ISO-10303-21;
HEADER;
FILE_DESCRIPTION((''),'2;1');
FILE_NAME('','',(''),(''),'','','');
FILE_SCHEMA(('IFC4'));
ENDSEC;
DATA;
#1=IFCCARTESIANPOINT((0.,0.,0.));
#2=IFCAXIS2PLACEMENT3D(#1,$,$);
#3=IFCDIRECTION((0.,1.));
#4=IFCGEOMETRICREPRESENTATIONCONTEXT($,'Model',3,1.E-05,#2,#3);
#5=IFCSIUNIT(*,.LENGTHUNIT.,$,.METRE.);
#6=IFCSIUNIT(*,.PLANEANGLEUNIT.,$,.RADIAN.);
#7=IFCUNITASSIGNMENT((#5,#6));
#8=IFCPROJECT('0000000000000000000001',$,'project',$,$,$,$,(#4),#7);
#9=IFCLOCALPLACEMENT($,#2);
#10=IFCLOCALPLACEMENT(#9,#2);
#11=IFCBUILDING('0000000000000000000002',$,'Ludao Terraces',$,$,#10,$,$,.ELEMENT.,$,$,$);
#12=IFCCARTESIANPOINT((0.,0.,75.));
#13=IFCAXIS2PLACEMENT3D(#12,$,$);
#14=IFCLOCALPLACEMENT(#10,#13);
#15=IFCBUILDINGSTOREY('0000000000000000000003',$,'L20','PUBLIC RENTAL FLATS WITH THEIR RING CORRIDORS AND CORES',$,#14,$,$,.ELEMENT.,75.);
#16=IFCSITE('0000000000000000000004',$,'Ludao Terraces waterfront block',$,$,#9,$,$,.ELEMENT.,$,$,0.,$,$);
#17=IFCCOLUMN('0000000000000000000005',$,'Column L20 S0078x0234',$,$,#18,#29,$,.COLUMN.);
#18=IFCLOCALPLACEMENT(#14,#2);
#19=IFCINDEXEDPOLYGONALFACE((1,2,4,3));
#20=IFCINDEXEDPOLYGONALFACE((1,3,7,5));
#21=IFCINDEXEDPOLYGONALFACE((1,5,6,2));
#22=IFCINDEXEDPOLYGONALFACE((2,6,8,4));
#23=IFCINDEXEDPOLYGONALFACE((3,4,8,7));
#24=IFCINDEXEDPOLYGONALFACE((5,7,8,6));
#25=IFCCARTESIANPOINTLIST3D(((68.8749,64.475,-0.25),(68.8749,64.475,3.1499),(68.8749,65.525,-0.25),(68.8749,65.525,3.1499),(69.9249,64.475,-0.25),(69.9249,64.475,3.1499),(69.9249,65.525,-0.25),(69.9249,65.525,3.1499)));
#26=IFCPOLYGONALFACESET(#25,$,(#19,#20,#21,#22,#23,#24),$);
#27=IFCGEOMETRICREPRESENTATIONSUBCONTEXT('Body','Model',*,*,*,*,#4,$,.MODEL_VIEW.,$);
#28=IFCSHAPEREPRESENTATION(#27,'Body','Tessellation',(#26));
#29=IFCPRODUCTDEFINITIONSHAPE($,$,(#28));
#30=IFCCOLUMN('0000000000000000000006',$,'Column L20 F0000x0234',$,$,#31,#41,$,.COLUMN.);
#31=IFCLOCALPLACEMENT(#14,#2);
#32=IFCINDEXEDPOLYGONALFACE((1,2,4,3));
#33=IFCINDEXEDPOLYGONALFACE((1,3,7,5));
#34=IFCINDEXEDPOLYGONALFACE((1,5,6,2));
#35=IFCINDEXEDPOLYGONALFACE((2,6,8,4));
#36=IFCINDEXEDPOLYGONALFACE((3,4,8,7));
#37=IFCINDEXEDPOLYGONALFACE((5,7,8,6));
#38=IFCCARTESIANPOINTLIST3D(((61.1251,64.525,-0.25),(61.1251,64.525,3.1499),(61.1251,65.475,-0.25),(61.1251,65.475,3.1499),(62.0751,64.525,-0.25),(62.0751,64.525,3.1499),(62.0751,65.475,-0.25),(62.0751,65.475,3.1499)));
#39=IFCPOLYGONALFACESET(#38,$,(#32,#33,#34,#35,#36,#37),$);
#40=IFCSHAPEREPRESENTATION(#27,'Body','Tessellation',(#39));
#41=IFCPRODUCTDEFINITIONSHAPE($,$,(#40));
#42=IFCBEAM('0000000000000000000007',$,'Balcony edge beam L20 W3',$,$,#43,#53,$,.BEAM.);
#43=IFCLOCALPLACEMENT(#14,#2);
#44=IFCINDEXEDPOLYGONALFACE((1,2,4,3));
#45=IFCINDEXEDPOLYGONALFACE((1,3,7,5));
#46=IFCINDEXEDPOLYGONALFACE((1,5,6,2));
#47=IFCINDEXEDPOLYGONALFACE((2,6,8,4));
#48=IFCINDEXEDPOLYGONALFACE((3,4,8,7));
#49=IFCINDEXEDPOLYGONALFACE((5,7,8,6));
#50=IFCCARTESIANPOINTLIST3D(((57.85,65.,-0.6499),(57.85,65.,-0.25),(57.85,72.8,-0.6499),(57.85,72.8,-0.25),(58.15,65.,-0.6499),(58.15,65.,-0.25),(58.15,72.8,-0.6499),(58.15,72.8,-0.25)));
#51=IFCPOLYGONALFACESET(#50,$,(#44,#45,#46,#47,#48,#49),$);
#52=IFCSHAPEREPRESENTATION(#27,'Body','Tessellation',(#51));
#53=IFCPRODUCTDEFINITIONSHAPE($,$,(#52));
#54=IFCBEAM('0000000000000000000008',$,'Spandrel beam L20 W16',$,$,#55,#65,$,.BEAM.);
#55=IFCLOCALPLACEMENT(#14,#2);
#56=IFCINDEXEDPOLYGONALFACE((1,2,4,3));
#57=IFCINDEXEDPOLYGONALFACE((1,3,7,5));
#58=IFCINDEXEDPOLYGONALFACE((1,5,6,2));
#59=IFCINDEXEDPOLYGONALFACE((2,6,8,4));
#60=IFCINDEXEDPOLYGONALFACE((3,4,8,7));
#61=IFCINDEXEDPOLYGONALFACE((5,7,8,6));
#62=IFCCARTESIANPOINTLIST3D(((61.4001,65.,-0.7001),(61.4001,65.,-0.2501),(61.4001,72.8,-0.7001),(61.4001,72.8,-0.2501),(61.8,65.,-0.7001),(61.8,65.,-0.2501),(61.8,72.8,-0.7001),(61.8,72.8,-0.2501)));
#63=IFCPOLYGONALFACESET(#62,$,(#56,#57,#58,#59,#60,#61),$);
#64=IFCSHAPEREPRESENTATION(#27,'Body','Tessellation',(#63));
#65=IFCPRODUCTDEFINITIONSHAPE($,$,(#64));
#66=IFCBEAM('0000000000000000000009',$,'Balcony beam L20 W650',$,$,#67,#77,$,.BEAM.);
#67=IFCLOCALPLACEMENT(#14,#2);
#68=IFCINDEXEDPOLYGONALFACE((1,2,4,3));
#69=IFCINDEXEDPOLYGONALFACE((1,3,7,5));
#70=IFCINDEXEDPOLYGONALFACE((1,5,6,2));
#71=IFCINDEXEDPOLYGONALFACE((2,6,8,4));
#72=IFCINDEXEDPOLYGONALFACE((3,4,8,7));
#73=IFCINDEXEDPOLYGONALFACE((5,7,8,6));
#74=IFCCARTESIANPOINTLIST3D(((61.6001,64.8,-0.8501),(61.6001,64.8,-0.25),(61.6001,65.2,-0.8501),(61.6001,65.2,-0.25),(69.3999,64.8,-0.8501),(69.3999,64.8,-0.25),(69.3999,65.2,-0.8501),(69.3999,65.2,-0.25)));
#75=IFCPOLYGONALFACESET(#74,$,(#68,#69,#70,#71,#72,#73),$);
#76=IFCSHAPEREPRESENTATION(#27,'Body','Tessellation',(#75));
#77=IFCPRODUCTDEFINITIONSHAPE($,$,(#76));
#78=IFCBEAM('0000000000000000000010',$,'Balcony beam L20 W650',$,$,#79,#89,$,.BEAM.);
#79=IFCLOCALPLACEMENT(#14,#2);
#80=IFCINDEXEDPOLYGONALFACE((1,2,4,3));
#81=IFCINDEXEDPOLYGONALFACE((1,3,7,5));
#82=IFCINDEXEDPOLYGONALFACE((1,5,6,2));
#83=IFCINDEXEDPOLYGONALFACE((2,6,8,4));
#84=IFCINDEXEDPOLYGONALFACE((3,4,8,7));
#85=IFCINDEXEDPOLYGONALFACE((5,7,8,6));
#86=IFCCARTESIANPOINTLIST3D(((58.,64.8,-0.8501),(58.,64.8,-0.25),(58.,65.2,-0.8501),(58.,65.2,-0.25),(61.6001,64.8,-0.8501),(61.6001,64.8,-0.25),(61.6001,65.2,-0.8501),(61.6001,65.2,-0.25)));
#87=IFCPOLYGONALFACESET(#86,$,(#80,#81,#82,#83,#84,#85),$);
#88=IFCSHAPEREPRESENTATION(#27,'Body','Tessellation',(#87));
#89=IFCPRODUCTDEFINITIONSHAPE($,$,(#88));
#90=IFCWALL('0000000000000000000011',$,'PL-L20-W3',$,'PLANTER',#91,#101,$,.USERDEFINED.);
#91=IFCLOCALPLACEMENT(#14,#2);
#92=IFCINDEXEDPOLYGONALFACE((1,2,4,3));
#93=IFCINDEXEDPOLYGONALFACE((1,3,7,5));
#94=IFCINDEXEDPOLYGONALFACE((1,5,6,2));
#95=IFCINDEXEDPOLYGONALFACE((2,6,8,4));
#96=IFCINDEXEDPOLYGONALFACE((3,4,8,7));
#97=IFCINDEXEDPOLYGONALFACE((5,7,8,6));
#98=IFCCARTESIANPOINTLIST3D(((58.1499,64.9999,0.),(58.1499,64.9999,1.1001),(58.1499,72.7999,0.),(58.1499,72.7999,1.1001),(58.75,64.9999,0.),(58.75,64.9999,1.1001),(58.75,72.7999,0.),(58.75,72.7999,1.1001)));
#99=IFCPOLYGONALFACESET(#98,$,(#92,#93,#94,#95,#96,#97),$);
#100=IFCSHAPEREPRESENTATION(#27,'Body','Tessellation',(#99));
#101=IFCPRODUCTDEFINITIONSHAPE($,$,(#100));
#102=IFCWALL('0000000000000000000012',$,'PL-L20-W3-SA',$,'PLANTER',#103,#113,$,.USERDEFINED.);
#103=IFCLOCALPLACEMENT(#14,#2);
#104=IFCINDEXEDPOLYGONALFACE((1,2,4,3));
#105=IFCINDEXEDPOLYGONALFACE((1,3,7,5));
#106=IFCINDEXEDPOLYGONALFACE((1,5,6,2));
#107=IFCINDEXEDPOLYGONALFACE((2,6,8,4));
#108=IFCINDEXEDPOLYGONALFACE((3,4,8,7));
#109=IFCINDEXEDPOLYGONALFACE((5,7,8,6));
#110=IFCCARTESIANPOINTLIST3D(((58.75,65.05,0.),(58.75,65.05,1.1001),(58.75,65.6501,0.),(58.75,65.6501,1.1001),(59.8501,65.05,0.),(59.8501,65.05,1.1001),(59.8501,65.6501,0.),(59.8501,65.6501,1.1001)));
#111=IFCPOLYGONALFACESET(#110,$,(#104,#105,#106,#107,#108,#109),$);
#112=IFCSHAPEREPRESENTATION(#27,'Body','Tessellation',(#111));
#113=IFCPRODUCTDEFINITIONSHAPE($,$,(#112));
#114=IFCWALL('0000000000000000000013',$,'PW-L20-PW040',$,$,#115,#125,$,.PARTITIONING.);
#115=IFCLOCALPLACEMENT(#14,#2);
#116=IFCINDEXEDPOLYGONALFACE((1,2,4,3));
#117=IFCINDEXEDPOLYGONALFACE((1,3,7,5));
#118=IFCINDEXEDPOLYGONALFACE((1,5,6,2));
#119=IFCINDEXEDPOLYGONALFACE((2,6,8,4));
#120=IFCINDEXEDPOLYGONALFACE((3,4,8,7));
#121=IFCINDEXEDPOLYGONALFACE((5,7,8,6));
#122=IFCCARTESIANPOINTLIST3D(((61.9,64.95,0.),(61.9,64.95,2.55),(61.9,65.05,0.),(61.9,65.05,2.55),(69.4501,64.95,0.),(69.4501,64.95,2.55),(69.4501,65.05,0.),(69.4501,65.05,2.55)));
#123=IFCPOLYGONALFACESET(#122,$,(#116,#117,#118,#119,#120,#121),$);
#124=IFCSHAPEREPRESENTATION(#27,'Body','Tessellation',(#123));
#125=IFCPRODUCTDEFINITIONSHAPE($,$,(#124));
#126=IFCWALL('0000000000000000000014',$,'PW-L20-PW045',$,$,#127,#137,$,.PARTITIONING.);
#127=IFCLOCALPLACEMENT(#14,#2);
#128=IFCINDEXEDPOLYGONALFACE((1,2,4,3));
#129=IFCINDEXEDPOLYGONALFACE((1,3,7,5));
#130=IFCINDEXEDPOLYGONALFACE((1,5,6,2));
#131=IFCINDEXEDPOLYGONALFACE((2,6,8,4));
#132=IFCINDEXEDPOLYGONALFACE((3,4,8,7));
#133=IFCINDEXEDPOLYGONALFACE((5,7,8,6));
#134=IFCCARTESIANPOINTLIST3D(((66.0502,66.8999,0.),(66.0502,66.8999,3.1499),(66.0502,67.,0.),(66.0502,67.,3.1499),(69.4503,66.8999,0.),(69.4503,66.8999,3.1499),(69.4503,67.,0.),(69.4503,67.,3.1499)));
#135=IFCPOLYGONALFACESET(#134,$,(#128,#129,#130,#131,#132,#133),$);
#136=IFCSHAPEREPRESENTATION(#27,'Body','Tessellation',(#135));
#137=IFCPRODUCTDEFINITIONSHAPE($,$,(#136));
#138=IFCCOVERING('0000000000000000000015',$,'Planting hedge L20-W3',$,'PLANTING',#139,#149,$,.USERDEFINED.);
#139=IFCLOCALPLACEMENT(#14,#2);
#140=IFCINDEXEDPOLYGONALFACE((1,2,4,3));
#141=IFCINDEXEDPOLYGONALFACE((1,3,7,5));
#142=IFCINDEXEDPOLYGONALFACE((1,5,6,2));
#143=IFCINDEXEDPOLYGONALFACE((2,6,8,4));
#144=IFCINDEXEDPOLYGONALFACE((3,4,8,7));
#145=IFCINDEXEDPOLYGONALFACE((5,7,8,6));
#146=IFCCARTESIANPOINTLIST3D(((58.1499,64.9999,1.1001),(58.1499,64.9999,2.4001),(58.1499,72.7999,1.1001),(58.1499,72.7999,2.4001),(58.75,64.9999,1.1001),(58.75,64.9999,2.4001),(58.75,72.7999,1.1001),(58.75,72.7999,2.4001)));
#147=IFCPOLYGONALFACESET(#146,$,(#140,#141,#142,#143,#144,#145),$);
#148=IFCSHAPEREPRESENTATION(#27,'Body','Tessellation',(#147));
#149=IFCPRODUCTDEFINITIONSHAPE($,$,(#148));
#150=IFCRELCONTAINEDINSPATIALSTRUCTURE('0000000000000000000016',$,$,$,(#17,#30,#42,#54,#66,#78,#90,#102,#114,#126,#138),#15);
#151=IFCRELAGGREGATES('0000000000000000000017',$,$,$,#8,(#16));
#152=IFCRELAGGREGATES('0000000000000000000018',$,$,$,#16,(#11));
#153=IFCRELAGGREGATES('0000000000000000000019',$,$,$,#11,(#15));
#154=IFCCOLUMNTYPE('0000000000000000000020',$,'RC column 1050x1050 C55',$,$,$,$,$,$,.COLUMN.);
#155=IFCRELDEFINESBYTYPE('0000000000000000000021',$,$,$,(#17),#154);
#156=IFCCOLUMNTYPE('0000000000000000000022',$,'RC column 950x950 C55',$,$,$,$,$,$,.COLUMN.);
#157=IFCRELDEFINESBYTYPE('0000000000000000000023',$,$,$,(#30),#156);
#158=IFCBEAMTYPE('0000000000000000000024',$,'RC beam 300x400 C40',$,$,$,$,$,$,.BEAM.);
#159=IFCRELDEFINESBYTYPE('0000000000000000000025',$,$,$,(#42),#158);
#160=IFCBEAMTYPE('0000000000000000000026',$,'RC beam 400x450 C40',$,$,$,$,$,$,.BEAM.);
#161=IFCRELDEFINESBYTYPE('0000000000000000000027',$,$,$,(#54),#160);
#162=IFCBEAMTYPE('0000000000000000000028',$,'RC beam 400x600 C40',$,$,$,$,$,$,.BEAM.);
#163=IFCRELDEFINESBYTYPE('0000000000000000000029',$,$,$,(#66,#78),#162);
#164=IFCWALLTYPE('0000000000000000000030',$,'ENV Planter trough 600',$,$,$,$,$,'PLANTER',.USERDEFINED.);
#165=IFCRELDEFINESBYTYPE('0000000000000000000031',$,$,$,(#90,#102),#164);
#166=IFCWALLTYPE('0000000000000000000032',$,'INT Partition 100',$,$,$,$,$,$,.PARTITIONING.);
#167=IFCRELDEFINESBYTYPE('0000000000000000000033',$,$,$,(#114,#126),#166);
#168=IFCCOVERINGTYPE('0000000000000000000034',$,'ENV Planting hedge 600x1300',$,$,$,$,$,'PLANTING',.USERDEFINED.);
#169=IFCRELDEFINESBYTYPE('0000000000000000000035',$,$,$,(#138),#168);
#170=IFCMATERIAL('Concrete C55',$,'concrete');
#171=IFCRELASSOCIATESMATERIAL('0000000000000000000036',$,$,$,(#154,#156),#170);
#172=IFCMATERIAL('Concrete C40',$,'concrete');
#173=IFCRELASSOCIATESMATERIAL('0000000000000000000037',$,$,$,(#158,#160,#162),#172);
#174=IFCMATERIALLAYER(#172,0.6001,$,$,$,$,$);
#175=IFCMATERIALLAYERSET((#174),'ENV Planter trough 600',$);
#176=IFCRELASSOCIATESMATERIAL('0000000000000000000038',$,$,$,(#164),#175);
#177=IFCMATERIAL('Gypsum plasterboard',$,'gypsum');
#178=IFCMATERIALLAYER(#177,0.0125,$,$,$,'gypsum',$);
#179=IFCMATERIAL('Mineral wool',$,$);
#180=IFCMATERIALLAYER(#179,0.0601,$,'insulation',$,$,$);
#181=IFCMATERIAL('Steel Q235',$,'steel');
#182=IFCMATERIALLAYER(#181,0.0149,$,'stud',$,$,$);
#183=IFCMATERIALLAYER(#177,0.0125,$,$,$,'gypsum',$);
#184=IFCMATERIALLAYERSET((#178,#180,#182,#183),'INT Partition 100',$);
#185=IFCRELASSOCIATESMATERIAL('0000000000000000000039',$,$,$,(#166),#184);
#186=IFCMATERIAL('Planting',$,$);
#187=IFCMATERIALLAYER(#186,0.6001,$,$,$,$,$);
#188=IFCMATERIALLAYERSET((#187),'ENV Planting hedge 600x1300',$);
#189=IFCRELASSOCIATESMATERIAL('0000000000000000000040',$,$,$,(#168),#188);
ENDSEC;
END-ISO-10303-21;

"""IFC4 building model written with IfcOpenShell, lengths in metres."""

from ifc_helpers import new_model, si_unit, direction, frame, frame_2d, origin, origin_2d, place, context, subcontext, project, spatial, rectangle, extrude, material, layer, layer_set, material_profile, profile_set, type_object, element, save


model = new_model("IFC4")

# Units and contexts
model_context = context("Model", 3, precision=1e-05, world=origin(), true_north=direction((0.0, 1.0)))
body_context = subcontext(model_context, "Body", "Model", "MODEL_VIEW")
ifc_project = project(units=[si_unit("LENGTHUNIT", "METRE"), si_unit("PLANEANGLEUNIT", "RADIAN")], contexts=[model_context])

# Site, building, storey
site_placement = place(None, origin())
site = spatial("IfcSite", under=ifc_project, at=site_placement, Name="Ludao Terraces waterfront block", CompositionType="ELEMENT", RefElevation=0.0)
building_placement = place(site_placement, origin())
building = spatial("IfcBuilding", under=site, at=building_placement, Name="Ludao Terraces", CompositionType="ELEMENT")
storey_placement = place(building_placement, frame((0.0, 0.0, 75.0)))
storey = spatial("IfcBuildingStorey", under=building, at=storey_placement, Name="L20", Description="PUBLIC RENTAL FLATS WITH THEIR RING CORRIDORS AND CORES", CompositionType="ELEMENT", Elevation=75.0)

# Columns
ifc_material_1 = material(Name="Concrete C55", Category="concrete")
ifc_material_profile_1 = material_profile(ifc_material_1, rectangle(XDim=1.05, YDim=1.05, at=origin_2d()), Name="1050 X 1050")
ifc_profile_set_1 = profile_set([ifc_material_profile_1], Name="Concrete C55")
column_type_1 = type_object("IfcColumnType", Name="RC column 1050x1050 C55", PredefinedType="COLUMN", material=ifc_profile_set_1)
column_1_placement = place(storey_placement, frame((69.3999, 65.0, -0.25), z_axis=(0.0, 0.0, 1.0), x_axis=(1.0, 0.0, 0.0)))
element("IfcColumn", 1, at=column_1_placement, inside=storey, type_object=column_type_1, Name="Column L20 S0078x0234", PredefinedType="COLUMN", context=body_context, shape_type="SweptSolid", body=[
    extrude(rectangle(XDim=1.05, YDim=1.05, at=origin_2d()), origin(), (0.0, 0.0, 1.0), 3.3999),
])
ifc_material_profile_2 = material_profile(ifc_material_1, rectangle(XDim=0.95, YDim=0.95, at=origin_2d()), Name="950 X 950")
ifc_profile_set_2 = profile_set([ifc_material_profile_2], Name="Concrete C55")
column_type_2 = type_object("IfcColumnType", Name="RC column 950x950 C55", PredefinedType="COLUMN", material=ifc_profile_set_2)
column_2_placement = place(storey_placement, frame((61.6001, 65.0, -0.25), z_axis=(0.0, 0.0, 1.0), x_axis=(1.0, 0.0, 0.0)))
element("IfcColumn", 2, at=column_2_placement, inside=storey, type_object=column_type_2, Name="Column L20 F0000x0234", PredefinedType="COLUMN", context=body_context, shape_type="SweptSolid", body=[
    extrude(rectangle(XDim=0.95, YDim=0.95, at=origin_2d()), origin(), (0.0, 0.0, 1.0), 3.3999),
])

# Beams
ifc_material_2 = material(Name="Concrete C40", Category="concrete")
ifc_material_profile_3 = material_profile(ifc_material_2, rectangle(XDim=0.3, YDim=0.3999, at=origin_2d()), Name="300 X 400")
ifc_profile_set_3 = profile_set([ifc_material_profile_3], Name="Concrete C40")
beam_type_1 = type_object("IfcBeamType", Name="RC beam 300x400 C40", PredefinedType="BEAM", material=ifc_profile_set_3)
beam_1_placement = place(storey_placement, frame((58.0, 65.0, -0.45), z_axis=(0.0, 1.0, 0.0), x_axis=(-1.0, 0.0, 0.0)))
element("IfcBeam", 3, at=beam_1_placement, inside=storey, type_object=beam_type_1, Name="Balcony edge beam L20 W3", PredefinedType="BEAM", context=body_context, shape_type="SweptSolid", body=[
    extrude(rectangle(XDim=0.3, YDim=0.3999, at=origin_2d()), origin(), (0.0, 0.0, 1.0), 7.8),
])
ifc_material_profile_4 = material_profile(ifc_material_2, rectangle(XDim=0.3999, YDim=0.45, at=origin_2d()), Name="400 X 450")
ifc_profile_set_4 = profile_set([ifc_material_profile_4], Name="Concrete C40")
beam_type_2 = type_object("IfcBeamType", Name="RC beam 400x450 C40", PredefinedType="BEAM", material=ifc_profile_set_4)
beam_2_placement = place(storey_placement, frame((61.6001, 65.0, -0.4751), z_axis=(0.0, 1.0, 0.0), x_axis=(-1.0, 0.0, 0.0)))
element("IfcBeam", 4, at=beam_2_placement, inside=storey, type_object=beam_type_2, Name="Spandrel beam L20 W16", PredefinedType="BEAM", context=body_context, shape_type="SweptSolid", body=[
    extrude(rectangle(XDim=0.3999, YDim=0.45, at=origin_2d()), origin(), (0.0, 0.0, 1.0), 7.8),
])
ifc_material_profile_5 = material_profile(ifc_material_2, rectangle(XDim=0.3999, YDim=0.6001, at=origin_2d()), Name="400 X 600")
ifc_profile_set_5 = profile_set([ifc_material_profile_5], Name="Concrete C40")
beam_type_3 = type_object("IfcBeamType", Name="RC beam 400x600 C40", PredefinedType="BEAM", material=ifc_profile_set_5)
beam_3_placement = place(storey_placement, frame((69.3999, 65.0, -0.55), z_axis=(-1.0, 0.0, 0.0), x_axis=(0.0, -1.0, 0.0)))
element("IfcBeam", 5, at=beam_3_placement, inside=storey, type_object=beam_type_3, Name="Balcony beam L20 W650", PredefinedType="BEAM", context=body_context, shape_type="SweptSolid", body=[
    extrude(rectangle(XDim=0.3999, YDim=0.6001, at=origin_2d()), origin(), (0.0, 0.0, 1.0), 7.7998),
])
beam_4_placement = place(storey_placement, frame((61.6001, 65.0, -0.55), z_axis=(-1.0, 0.0, 0.0), x_axis=(0.0, -1.0, 0.0)))
element("IfcBeam", 6, at=beam_4_placement, inside=storey, type_object=beam_type_3, Name="Balcony beam L20 W650", PredefinedType="BEAM", context=body_context, shape_type="SweptSolid", body=[
    extrude(rectangle(XDim=0.3999, YDim=0.6001, at=origin_2d()), origin(), (0.0, 0.0, 1.0), 3.6001),
])

# Walls
ifc_layer_1 = layer(ifc_material_2, 0.6001)
ifc_layer_set_1 = layer_set([ifc_layer_1], Name="ENV Planter trough 600")
wall_type_1 = type_object("IfcWallType", Name="ENV Planter trough 600", ElementType="PLANTER", PredefinedType="USERDEFINED", material=ifc_layer_set_1)
wall_1_placement = place(storey_placement, frame((58.45, 65.0, 0.0), z_axis=(0.0, 0.0, 1.0), x_axis=(0.0, 1.0, 0.0)))
element("IfcWall", 7, at=wall_1_placement, inside=storey, type_object=wall_type_1, Name="PL-L20-W3", ObjectType="PLANTER", PredefinedType="USERDEFINED", context=body_context, shape_type="SweptSolid", body=[
    extrude(rectangle(XDim=7.8, YDim=0.6001, at=frame_2d((3.8999, 0.0))), origin(), (0.0, 0.0, 1.0), 1.1001),
])
wall_2_placement = place(storey_placement, frame((58.75, 65.3501, 0.0), z_axis=(0.0, 0.0, 1.0), x_axis=(1.0, 0.0, 0.0)))
element("IfcWall", 8, at=wall_2_placement, inside=storey, type_object=wall_type_1, Name="PL-L20-W3-SA", ObjectType="PLANTER", PredefinedType="USERDEFINED", context=body_context, shape_type="SweptSolid", body=[
    extrude(rectangle(XDim=1.1001, YDim=0.6001, at=frame_2d((0.55, 0.0))), origin(), (0.0, 0.0, 1.0), 1.1001),
])

# Shared definitions
ifc_material_3 = material(Name="Mineral wool")

# Walls
ifc_material_4 = material(Name="Gypsum plasterboard", Category="gypsum")
ifc_layer_2 = layer(ifc_material_4, 0.0125, Category="gypsum")
ifc_layer_3 = layer(ifc_material_3, 0.0601, Name="insulation")
ifc_material_5 = material(Name="Steel Q235", Category="steel")
ifc_layer_4 = layer(ifc_material_5, 0.0149, Name="stud")
ifc_layer_5 = layer(ifc_material_4, 0.0125, Category="gypsum")
ifc_layer_set_2 = layer_set([ifc_layer_2, ifc_layer_3, ifc_layer_4, ifc_layer_5], Name="INT Partition 100")
wall_type_2 = type_object("IfcWallType", Name="INT Partition 100", PredefinedType="PARTITIONING", material=ifc_layer_set_2)
wall_3_placement = place(storey_placement, frame((61.9001, 65.0, 0.0), z_axis=(0.0, 0.0, 1.0), x_axis=(1.0, 0.0, 0.0)))
element("IfcWall", 9, at=wall_3_placement, inside=storey, type_object=wall_type_2, Name="PW-L20-PW040", PredefinedType="PARTITIONING", context=body_context, shape_type="SweptSolid", body=[
    extrude(rectangle(XDim=7.55, YDim=0.1001, at=frame_2d((3.7749, 0.0))), origin(), (0.0, 0.0, 1.0), 2.55),
])
wall_4_placement = place(storey_placement, frame((66.05, 66.95, 0.0), z_axis=(0.0, 0.0, 1.0), x_axis=(1.0, 0.0, 0.0)))
element("IfcWall", 10, at=wall_4_placement, inside=storey, type_object=wall_type_2, Name="PW-L20-PW045", PredefinedType="PARTITIONING", context=body_context, shape_type="SweptSolid", body=[
    extrude(rectangle(XDim=3.4001, YDim=0.1001, at=frame_2d((1.7002, 0.0))), origin(), (0.0, 0.0, 1.0), 3.1499),
])

# Covering
ifc_material_6 = material(Name="Planting")
ifc_layer_6 = layer(ifc_material_6, 0.6001)
ifc_layer_set_3 = layer_set([ifc_layer_6], Name="ENV Planting hedge 600x1300")
covering_type = type_object("IfcCoveringType", Name="ENV Planting hedge 600x1300", ElementType="PLANTING", PredefinedType="USERDEFINED", material=ifc_layer_set_3)
covering_placement = place(storey_placement, frame((58.45, 68.8999, 1.1001), z_axis=(0.0, 0.0, 1.0), x_axis=(1.0, 0.0, 0.0)))
element("IfcCovering", 11, at=covering_placement, inside=storey, type_object=covering_type, Name="Planting hedge L20-W3", ObjectType="PLANTING", PredefinedType="USERDEFINED", context=body_context, shape_type="SweptSolid", body=[
    extrude(rectangle(XDim=0.6001, YDim=7.8, at=origin_2d()), origin(), (0.0, 0.0, 1.0), 1.3),
])

save(model, "model.ifc")
